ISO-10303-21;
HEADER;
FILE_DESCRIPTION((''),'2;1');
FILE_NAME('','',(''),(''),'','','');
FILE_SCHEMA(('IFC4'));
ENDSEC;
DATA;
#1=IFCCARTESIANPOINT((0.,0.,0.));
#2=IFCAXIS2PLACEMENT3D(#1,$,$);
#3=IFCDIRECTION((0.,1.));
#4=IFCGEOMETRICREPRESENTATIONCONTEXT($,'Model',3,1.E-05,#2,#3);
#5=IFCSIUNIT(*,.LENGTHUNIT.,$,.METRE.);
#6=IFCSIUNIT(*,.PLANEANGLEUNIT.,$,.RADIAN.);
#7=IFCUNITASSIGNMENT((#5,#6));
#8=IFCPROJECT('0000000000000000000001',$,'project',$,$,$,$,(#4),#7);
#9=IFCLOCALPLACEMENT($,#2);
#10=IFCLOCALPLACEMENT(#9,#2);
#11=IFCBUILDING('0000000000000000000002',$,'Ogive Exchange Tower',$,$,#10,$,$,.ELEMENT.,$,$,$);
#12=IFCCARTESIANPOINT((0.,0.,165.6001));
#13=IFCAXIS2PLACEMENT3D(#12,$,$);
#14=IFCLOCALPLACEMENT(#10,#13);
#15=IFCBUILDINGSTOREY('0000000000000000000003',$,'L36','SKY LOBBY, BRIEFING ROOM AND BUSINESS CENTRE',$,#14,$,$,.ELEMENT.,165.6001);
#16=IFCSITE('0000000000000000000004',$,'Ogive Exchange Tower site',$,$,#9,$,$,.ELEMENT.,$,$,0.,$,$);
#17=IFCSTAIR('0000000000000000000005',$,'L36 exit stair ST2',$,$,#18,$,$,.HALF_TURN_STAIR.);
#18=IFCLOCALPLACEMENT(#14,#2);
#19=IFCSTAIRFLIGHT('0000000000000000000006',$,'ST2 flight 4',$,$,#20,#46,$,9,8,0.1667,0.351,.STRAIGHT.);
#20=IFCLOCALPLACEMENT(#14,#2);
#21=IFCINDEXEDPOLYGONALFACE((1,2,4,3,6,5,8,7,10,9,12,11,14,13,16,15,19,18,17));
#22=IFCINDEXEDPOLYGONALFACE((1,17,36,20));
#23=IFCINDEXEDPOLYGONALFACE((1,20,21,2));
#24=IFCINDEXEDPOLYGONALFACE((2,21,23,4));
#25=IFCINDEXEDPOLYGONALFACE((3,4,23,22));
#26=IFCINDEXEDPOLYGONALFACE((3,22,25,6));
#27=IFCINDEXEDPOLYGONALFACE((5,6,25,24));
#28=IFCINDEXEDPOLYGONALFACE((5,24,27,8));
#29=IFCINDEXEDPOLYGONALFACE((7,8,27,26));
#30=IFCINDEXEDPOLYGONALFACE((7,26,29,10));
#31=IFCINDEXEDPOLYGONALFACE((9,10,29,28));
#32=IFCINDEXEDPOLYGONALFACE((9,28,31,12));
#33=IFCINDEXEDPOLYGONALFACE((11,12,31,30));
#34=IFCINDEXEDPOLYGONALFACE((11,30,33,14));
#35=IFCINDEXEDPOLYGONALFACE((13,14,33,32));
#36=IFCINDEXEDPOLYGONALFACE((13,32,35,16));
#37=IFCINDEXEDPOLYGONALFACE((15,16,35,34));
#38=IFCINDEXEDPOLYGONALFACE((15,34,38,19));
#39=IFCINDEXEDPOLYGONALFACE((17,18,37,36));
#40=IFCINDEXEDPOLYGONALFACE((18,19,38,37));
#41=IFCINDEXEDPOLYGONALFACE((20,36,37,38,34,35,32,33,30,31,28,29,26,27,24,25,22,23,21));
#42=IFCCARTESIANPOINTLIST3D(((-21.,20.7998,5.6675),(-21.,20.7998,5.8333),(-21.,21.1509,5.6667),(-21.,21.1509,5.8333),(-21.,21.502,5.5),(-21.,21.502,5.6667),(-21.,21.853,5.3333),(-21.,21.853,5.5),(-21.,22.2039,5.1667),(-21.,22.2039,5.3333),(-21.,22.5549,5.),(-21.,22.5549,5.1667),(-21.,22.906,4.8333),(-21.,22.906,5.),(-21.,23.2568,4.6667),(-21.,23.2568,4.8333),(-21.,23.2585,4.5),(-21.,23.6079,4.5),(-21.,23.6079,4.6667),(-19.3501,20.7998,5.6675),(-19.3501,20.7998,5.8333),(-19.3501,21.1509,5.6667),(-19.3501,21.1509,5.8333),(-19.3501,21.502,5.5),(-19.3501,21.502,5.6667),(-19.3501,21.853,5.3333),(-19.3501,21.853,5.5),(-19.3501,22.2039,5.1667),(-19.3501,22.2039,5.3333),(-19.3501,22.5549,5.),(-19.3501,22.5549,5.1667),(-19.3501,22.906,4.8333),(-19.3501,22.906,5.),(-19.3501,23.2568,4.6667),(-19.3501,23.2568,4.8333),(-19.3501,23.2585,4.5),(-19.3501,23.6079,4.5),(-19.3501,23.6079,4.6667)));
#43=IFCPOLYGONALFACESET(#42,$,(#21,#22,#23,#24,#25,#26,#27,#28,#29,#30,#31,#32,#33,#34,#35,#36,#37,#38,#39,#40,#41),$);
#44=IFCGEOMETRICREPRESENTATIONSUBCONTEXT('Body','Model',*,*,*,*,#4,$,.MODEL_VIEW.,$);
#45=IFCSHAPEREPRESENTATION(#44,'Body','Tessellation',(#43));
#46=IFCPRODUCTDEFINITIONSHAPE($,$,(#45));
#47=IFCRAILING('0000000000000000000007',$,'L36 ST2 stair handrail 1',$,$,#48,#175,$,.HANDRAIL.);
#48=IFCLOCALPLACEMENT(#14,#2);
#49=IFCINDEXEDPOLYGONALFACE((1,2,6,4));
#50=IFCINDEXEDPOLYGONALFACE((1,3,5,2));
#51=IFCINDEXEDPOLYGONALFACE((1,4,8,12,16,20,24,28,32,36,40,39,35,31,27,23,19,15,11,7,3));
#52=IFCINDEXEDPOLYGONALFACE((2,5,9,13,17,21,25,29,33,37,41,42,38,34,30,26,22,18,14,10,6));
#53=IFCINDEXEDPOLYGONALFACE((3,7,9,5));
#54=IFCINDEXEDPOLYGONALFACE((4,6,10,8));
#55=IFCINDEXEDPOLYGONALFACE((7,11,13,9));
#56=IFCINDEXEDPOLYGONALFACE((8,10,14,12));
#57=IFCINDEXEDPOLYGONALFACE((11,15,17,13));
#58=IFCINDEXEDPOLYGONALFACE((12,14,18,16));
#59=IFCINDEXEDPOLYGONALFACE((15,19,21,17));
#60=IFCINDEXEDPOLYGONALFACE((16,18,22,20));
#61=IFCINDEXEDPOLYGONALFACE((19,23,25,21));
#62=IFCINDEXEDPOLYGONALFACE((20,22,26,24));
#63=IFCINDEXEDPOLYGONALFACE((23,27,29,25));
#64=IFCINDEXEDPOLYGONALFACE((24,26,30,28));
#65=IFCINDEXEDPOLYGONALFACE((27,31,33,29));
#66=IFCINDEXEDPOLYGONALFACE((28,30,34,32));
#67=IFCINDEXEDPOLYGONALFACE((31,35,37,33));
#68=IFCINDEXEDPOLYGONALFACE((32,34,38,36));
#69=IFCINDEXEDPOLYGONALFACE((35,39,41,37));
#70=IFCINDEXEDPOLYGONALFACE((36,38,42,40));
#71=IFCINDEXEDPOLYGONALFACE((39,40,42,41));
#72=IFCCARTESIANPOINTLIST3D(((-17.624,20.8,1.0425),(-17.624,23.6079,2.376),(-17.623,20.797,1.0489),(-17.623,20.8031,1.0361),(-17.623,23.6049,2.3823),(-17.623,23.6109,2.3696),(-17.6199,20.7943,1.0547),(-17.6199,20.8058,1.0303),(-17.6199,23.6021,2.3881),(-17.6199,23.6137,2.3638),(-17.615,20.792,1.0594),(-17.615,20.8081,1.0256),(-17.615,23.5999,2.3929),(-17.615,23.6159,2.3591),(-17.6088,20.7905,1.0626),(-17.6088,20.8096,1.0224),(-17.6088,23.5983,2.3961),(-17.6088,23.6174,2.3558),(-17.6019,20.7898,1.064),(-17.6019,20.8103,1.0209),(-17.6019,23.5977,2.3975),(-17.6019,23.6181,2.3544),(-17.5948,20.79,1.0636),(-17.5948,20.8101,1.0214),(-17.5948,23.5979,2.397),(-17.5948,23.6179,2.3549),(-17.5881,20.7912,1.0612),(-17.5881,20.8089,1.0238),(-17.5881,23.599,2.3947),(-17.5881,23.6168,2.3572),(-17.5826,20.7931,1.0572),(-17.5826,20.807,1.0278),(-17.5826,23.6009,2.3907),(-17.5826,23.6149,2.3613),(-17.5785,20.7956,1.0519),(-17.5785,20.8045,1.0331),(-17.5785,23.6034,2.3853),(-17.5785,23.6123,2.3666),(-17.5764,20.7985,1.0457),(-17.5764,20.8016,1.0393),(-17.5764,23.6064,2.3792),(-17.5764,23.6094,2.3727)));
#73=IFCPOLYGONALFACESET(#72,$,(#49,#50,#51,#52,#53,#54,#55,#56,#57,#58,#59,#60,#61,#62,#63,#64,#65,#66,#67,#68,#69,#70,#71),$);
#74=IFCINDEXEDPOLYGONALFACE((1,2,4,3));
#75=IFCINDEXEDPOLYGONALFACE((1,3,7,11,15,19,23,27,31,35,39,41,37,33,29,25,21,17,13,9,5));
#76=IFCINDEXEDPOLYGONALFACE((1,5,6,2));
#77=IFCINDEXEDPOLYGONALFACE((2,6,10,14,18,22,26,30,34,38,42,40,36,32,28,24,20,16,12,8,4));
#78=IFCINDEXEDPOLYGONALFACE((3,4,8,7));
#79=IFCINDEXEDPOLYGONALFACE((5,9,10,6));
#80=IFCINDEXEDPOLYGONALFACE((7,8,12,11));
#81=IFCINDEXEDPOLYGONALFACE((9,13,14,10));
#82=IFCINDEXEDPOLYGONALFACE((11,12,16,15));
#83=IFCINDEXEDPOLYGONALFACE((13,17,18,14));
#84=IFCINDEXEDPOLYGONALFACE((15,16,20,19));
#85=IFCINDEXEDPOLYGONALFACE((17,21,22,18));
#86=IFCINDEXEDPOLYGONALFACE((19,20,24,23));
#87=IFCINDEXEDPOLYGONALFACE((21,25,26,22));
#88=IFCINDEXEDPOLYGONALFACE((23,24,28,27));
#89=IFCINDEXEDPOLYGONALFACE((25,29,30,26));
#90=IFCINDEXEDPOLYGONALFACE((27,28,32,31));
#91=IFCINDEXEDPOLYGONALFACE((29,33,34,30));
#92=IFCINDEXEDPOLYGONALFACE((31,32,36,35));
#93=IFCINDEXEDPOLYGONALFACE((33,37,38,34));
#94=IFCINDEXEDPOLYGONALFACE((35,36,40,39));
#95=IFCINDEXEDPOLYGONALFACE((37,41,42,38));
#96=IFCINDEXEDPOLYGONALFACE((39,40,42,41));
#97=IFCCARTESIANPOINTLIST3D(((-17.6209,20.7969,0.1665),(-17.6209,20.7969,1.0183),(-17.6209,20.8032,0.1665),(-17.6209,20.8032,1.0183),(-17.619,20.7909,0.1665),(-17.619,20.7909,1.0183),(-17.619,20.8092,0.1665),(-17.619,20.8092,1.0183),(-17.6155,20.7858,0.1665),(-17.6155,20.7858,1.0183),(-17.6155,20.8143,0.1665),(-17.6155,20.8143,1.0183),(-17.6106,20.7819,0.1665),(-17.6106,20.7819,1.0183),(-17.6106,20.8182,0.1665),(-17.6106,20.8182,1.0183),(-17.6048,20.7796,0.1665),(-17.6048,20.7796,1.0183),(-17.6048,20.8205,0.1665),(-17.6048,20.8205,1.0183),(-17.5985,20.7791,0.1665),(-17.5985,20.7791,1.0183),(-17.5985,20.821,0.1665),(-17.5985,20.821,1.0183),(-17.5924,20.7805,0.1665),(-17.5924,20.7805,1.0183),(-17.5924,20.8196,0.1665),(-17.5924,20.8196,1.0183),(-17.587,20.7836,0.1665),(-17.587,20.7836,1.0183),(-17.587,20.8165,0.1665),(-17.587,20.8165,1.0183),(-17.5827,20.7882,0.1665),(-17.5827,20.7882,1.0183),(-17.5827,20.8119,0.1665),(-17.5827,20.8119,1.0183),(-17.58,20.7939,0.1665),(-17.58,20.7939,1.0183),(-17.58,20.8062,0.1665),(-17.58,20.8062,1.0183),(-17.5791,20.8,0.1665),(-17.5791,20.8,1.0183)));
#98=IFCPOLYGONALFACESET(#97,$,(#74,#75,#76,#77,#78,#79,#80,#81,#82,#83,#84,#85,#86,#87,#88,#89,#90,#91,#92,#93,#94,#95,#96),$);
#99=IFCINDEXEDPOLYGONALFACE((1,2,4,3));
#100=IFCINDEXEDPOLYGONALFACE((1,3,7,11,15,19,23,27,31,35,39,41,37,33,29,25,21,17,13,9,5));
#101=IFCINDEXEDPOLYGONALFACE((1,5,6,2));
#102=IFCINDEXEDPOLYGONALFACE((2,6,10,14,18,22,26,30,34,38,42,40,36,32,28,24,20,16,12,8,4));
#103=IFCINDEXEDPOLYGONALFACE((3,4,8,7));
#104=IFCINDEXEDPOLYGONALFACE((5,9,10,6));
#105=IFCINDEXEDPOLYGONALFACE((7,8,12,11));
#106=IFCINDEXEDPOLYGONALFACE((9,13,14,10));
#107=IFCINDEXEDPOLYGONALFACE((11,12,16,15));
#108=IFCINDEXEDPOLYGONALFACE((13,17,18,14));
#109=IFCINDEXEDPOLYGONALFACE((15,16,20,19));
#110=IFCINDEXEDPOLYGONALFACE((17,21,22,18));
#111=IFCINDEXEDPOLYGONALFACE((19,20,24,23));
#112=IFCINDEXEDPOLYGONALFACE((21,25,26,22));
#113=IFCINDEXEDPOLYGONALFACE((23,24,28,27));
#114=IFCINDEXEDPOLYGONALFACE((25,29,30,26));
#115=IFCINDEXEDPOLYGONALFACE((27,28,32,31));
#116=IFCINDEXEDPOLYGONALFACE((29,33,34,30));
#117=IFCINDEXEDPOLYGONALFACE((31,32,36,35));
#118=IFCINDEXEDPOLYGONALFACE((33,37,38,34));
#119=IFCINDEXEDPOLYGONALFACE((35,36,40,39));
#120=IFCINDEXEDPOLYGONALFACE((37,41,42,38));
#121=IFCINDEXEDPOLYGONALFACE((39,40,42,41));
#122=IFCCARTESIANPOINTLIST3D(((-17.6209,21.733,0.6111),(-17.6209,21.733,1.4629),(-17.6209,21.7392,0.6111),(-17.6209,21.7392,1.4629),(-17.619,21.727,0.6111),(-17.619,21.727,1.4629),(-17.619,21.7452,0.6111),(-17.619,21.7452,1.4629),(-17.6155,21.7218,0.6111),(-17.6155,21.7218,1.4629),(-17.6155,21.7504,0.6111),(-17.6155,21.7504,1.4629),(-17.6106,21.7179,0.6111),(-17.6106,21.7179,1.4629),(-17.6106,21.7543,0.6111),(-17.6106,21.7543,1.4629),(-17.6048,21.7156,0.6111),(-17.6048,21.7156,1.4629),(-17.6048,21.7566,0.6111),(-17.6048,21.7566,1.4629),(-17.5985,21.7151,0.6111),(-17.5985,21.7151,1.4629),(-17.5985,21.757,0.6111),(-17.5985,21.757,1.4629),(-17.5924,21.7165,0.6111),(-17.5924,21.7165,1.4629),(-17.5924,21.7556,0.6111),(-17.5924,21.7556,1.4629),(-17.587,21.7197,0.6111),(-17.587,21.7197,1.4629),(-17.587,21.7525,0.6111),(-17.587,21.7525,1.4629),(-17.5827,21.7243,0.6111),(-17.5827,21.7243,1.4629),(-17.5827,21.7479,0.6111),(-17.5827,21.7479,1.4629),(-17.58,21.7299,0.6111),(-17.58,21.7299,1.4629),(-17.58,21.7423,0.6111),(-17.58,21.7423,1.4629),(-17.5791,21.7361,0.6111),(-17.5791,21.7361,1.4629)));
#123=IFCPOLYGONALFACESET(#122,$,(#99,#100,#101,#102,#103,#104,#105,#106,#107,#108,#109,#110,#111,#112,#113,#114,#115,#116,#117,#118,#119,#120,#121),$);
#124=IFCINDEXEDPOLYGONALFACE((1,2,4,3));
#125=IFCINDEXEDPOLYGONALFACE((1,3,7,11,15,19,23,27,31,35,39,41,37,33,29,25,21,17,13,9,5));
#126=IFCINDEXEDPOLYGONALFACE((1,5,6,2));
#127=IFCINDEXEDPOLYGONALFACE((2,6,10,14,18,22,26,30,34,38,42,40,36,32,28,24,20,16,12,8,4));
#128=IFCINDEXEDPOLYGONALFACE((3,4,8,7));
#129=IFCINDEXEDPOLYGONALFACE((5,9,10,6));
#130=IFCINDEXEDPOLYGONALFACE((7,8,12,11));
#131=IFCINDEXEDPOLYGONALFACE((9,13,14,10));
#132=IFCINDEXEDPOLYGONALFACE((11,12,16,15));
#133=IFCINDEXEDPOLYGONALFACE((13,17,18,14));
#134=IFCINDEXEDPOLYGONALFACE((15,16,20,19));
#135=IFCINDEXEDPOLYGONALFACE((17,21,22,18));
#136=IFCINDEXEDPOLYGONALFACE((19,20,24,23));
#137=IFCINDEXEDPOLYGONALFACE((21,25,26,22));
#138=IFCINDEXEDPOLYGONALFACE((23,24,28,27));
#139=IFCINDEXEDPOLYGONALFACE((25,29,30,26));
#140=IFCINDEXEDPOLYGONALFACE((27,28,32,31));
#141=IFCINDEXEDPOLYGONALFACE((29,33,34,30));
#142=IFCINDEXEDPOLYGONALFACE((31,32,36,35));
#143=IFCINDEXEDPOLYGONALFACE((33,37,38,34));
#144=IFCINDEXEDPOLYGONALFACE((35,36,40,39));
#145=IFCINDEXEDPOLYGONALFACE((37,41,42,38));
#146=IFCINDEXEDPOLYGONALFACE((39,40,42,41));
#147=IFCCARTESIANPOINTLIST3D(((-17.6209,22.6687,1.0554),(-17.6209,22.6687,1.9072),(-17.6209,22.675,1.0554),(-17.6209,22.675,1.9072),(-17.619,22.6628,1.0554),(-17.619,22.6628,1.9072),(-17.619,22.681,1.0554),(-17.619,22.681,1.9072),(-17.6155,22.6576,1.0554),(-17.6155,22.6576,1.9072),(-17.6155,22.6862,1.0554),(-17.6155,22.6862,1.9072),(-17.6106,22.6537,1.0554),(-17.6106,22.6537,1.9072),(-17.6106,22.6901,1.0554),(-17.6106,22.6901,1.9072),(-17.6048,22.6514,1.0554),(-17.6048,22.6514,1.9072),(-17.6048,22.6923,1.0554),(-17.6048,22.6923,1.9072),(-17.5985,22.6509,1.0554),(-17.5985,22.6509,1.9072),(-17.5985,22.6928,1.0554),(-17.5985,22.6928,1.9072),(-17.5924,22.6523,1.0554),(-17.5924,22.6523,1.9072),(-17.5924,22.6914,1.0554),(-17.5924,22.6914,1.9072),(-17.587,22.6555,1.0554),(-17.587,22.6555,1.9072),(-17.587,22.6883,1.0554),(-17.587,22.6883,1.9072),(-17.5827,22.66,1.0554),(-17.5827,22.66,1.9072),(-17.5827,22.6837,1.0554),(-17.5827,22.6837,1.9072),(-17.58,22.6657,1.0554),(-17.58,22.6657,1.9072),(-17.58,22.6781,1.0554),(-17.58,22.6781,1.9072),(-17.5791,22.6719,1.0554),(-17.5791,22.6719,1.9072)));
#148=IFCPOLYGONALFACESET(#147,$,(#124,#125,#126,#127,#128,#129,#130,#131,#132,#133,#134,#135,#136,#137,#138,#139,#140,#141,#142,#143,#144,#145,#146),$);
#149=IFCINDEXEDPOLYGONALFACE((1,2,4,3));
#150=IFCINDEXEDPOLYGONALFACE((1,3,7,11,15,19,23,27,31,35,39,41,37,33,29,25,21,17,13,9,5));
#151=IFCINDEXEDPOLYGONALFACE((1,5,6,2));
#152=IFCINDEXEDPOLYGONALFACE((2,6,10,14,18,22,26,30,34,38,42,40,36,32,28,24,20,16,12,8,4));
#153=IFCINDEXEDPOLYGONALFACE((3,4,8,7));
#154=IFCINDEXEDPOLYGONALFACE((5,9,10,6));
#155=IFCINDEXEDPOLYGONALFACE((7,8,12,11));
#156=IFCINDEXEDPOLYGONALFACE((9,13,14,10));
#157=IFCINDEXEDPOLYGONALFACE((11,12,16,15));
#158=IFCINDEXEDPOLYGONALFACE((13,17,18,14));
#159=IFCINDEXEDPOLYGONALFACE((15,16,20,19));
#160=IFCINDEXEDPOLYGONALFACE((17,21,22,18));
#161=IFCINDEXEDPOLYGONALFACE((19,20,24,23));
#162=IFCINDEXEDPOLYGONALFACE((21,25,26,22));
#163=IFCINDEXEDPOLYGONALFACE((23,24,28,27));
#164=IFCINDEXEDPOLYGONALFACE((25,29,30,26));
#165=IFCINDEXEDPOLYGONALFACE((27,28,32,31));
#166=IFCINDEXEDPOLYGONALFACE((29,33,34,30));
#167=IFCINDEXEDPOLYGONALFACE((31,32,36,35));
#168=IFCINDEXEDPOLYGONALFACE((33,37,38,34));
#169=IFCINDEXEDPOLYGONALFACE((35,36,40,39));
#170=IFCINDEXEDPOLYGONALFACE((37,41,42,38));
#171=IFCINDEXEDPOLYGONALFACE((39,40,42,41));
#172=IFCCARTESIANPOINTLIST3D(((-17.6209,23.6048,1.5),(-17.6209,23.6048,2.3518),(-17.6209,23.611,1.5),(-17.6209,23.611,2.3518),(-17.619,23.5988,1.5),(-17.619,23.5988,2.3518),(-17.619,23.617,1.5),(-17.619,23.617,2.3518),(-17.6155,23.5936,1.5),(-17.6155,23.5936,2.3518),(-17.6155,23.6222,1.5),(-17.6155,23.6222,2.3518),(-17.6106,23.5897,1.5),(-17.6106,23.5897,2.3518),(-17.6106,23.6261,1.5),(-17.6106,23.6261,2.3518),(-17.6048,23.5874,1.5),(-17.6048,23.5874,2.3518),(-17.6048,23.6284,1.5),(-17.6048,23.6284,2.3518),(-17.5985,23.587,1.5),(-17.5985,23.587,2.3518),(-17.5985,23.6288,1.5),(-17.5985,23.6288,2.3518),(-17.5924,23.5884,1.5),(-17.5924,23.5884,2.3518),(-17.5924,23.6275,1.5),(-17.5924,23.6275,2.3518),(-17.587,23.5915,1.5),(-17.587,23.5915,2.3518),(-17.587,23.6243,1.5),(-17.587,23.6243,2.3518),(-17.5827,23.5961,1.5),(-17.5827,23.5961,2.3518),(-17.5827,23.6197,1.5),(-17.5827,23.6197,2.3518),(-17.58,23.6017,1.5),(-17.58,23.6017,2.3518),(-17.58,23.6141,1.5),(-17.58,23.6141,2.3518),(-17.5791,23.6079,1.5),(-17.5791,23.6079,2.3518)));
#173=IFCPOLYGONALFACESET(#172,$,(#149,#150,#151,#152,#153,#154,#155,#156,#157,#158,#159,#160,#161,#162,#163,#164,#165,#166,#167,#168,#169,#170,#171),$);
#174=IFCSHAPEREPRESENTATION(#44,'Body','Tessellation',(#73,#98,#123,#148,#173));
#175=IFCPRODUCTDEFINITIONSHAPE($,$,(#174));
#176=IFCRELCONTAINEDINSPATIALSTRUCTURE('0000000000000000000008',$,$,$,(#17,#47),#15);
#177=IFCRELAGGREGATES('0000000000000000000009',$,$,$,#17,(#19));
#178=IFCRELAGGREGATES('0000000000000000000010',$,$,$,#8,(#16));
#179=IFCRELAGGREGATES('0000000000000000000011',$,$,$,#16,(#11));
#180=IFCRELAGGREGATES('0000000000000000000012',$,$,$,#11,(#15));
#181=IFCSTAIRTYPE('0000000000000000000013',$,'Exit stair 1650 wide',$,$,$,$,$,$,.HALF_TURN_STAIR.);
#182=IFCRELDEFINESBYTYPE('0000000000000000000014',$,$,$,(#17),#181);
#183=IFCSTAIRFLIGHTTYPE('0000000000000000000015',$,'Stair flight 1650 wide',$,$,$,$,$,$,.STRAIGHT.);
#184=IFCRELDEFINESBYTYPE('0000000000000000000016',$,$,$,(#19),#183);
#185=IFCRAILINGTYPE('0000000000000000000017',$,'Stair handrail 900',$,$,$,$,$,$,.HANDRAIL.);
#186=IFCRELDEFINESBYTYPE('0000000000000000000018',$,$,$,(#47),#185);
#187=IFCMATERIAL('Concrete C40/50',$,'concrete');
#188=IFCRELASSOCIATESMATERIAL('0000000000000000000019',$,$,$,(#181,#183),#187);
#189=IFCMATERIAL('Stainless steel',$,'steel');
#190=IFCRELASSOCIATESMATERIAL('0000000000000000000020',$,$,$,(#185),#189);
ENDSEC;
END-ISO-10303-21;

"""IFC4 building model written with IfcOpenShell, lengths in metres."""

from ifc_helpers import new_model, si_unit, direction, frame, origin, origin_2d, place, context, subcontext, project, spatial, polyline, circle, outline, extrude, material, type_object, element, aggregate, save


model = new_model("IFC4")

# Units and contexts
model_context = context("Model", 3, precision=1e-05, world=origin(), true_north=direction((0.0, 1.0)))
body_context = subcontext(model_context, "Body", "Model", "MODEL_VIEW")
ifc_project = project(units=[si_unit("LENGTHUNIT", "METRE"), si_unit("PLANEANGLEUNIT", "RADIAN")], contexts=[model_context])

# Site, building, storey
site_placement = place(None, origin())
site = spatial("IfcSite", under=ifc_project, at=site_placement, Name="Ogive Exchange Tower site", CompositionType="ELEMENT", RefElevation=0.0)
building_placement = place(site_placement, origin())
building = spatial("IfcBuilding", under=site, at=building_placement, Name="Ogive Exchange Tower", CompositionType="ELEMENT")
storey_placement = place(building_placement, frame((0.0, 0.0, 165.6001)))
storey = spatial("IfcBuildingStorey", under=building, at=storey_placement, Name="L36", Description="SKY LOBBY, BRIEFING ROOM AND BUSINESS CENTRE", CompositionType="ELEMENT", Elevation=165.6001)

# Stair, stair flight
ifc_material_1 = material(Name="Concrete C40/50", Category="concrete")
stair_type = type_object("IfcStairType", Name="Exit stair 1650 wide", PredefinedType="HALF_TURN_STAIR", material=ifc_material_1)
stair_placement = place(storey_placement, origin())
stair = element("IfcStair", 1, at=stair_placement, inside=storey, type_object=stair_type, Name="L36 exit stair ST2", PredefinedType="HALF_TURN_STAIR")
stair_flight_type = type_object("IfcStairFlightType", Name="Stair flight 1650 wide", PredefinedType="STRAIGHT", material=ifc_material_1)
stair_flight_1_placement = place(storey_placement, frame((-20.175, 23.6079, 4.5), z_axis=(0.0, 0.0, 1.0), x_axis=(0.0, -1.0, 0.0)))
stair_flight_1 = element("IfcStairFlight", 2, at=stair_flight_1_placement, type_object=stair_flight_type, Name="ST2 flight 4", NumberOfRisers=9, NumberOfTreads=8, PredefinedType="STRAIGHT", RiserHeight=0.1667, TreadLength=0.351, context=body_context, shape_type="SweptSolid", body=[
    extrude(outline(polyline([(0.0, 0.0), (0.0, 0.1667), (0.3511, 0.1667), (0.3511, 0.3333), (0.7019, 0.3333), (0.7019, 0.5), (1.053, 0.5), (1.053, 0.6667), (1.4041, 0.6667), (1.4041, 0.8333), (1.7549, 0.8333), (1.7549, 1.0), (2.106, 1.0), (2.106, 1.1667), (2.457, 1.1667), (2.457, 1.3333), (2.8081, 1.3333), (2.8081, 1.5), (2.8081, 1.1675), (0.3494, 0.0), (0.0, 0.0)])), frame((0.0, 0.825, 0.0), z_axis=(0.0, -1.0, 0.0), x_axis=(1.0, 0.0, 0.0)), (0.0, 0.0, 1.0), 1.6499),
])
aggregate(stair, [stair_flight_1])

# Railing
ifc_material_2 = material(Name="Stainless steel", Category="steel")
railing_type = type_object("IfcRailingType", Name="Stair handrail 900", PredefinedType="HANDRAIL", material=ifc_material_2)
railing_placement = place(storey_placement, frame((-17.6001, 20.8, 0.1665)))
element("IfcRailing", 3, at=railing_placement, inside=storey, type_object=railing_type, Name="L36 ST2 stair handrail 1", PredefinedType="HANDRAIL", context=body_context, shape_type="SweptSolid", body=[
    extrude(circle(Radius=0.0239, at=origin_2d()), frame((0.0, 0.0, 0.876), z_axis=(0.0, 0.903307, 0.428994), x_axis=(-1.0, 0.0, 0.0)), (0.0, 0.0, 1.0), 3.1084),
    extrude(circle(Radius=0.021, at=origin_2d()), origin(), (0.0, 0.0, 1.0), 0.8518),
    extrude(circle(Radius=0.021, at=origin_2d()), frame((0.0, 0.936, 0.4446)), (0.0, 0.0, 1.0), 0.8518),
    extrude(circle(Radius=0.021, at=origin_2d()), frame((0.0, 1.8718, 0.8889)), (0.0, 0.0, 1.0), 0.8518),
    extrude(circle(Radius=0.021, at=origin_2d()), frame((0.0, 2.8079, 1.3335)), (0.0, 0.0, 1.0), 0.8518),
])

save(model, "model.ifc")
